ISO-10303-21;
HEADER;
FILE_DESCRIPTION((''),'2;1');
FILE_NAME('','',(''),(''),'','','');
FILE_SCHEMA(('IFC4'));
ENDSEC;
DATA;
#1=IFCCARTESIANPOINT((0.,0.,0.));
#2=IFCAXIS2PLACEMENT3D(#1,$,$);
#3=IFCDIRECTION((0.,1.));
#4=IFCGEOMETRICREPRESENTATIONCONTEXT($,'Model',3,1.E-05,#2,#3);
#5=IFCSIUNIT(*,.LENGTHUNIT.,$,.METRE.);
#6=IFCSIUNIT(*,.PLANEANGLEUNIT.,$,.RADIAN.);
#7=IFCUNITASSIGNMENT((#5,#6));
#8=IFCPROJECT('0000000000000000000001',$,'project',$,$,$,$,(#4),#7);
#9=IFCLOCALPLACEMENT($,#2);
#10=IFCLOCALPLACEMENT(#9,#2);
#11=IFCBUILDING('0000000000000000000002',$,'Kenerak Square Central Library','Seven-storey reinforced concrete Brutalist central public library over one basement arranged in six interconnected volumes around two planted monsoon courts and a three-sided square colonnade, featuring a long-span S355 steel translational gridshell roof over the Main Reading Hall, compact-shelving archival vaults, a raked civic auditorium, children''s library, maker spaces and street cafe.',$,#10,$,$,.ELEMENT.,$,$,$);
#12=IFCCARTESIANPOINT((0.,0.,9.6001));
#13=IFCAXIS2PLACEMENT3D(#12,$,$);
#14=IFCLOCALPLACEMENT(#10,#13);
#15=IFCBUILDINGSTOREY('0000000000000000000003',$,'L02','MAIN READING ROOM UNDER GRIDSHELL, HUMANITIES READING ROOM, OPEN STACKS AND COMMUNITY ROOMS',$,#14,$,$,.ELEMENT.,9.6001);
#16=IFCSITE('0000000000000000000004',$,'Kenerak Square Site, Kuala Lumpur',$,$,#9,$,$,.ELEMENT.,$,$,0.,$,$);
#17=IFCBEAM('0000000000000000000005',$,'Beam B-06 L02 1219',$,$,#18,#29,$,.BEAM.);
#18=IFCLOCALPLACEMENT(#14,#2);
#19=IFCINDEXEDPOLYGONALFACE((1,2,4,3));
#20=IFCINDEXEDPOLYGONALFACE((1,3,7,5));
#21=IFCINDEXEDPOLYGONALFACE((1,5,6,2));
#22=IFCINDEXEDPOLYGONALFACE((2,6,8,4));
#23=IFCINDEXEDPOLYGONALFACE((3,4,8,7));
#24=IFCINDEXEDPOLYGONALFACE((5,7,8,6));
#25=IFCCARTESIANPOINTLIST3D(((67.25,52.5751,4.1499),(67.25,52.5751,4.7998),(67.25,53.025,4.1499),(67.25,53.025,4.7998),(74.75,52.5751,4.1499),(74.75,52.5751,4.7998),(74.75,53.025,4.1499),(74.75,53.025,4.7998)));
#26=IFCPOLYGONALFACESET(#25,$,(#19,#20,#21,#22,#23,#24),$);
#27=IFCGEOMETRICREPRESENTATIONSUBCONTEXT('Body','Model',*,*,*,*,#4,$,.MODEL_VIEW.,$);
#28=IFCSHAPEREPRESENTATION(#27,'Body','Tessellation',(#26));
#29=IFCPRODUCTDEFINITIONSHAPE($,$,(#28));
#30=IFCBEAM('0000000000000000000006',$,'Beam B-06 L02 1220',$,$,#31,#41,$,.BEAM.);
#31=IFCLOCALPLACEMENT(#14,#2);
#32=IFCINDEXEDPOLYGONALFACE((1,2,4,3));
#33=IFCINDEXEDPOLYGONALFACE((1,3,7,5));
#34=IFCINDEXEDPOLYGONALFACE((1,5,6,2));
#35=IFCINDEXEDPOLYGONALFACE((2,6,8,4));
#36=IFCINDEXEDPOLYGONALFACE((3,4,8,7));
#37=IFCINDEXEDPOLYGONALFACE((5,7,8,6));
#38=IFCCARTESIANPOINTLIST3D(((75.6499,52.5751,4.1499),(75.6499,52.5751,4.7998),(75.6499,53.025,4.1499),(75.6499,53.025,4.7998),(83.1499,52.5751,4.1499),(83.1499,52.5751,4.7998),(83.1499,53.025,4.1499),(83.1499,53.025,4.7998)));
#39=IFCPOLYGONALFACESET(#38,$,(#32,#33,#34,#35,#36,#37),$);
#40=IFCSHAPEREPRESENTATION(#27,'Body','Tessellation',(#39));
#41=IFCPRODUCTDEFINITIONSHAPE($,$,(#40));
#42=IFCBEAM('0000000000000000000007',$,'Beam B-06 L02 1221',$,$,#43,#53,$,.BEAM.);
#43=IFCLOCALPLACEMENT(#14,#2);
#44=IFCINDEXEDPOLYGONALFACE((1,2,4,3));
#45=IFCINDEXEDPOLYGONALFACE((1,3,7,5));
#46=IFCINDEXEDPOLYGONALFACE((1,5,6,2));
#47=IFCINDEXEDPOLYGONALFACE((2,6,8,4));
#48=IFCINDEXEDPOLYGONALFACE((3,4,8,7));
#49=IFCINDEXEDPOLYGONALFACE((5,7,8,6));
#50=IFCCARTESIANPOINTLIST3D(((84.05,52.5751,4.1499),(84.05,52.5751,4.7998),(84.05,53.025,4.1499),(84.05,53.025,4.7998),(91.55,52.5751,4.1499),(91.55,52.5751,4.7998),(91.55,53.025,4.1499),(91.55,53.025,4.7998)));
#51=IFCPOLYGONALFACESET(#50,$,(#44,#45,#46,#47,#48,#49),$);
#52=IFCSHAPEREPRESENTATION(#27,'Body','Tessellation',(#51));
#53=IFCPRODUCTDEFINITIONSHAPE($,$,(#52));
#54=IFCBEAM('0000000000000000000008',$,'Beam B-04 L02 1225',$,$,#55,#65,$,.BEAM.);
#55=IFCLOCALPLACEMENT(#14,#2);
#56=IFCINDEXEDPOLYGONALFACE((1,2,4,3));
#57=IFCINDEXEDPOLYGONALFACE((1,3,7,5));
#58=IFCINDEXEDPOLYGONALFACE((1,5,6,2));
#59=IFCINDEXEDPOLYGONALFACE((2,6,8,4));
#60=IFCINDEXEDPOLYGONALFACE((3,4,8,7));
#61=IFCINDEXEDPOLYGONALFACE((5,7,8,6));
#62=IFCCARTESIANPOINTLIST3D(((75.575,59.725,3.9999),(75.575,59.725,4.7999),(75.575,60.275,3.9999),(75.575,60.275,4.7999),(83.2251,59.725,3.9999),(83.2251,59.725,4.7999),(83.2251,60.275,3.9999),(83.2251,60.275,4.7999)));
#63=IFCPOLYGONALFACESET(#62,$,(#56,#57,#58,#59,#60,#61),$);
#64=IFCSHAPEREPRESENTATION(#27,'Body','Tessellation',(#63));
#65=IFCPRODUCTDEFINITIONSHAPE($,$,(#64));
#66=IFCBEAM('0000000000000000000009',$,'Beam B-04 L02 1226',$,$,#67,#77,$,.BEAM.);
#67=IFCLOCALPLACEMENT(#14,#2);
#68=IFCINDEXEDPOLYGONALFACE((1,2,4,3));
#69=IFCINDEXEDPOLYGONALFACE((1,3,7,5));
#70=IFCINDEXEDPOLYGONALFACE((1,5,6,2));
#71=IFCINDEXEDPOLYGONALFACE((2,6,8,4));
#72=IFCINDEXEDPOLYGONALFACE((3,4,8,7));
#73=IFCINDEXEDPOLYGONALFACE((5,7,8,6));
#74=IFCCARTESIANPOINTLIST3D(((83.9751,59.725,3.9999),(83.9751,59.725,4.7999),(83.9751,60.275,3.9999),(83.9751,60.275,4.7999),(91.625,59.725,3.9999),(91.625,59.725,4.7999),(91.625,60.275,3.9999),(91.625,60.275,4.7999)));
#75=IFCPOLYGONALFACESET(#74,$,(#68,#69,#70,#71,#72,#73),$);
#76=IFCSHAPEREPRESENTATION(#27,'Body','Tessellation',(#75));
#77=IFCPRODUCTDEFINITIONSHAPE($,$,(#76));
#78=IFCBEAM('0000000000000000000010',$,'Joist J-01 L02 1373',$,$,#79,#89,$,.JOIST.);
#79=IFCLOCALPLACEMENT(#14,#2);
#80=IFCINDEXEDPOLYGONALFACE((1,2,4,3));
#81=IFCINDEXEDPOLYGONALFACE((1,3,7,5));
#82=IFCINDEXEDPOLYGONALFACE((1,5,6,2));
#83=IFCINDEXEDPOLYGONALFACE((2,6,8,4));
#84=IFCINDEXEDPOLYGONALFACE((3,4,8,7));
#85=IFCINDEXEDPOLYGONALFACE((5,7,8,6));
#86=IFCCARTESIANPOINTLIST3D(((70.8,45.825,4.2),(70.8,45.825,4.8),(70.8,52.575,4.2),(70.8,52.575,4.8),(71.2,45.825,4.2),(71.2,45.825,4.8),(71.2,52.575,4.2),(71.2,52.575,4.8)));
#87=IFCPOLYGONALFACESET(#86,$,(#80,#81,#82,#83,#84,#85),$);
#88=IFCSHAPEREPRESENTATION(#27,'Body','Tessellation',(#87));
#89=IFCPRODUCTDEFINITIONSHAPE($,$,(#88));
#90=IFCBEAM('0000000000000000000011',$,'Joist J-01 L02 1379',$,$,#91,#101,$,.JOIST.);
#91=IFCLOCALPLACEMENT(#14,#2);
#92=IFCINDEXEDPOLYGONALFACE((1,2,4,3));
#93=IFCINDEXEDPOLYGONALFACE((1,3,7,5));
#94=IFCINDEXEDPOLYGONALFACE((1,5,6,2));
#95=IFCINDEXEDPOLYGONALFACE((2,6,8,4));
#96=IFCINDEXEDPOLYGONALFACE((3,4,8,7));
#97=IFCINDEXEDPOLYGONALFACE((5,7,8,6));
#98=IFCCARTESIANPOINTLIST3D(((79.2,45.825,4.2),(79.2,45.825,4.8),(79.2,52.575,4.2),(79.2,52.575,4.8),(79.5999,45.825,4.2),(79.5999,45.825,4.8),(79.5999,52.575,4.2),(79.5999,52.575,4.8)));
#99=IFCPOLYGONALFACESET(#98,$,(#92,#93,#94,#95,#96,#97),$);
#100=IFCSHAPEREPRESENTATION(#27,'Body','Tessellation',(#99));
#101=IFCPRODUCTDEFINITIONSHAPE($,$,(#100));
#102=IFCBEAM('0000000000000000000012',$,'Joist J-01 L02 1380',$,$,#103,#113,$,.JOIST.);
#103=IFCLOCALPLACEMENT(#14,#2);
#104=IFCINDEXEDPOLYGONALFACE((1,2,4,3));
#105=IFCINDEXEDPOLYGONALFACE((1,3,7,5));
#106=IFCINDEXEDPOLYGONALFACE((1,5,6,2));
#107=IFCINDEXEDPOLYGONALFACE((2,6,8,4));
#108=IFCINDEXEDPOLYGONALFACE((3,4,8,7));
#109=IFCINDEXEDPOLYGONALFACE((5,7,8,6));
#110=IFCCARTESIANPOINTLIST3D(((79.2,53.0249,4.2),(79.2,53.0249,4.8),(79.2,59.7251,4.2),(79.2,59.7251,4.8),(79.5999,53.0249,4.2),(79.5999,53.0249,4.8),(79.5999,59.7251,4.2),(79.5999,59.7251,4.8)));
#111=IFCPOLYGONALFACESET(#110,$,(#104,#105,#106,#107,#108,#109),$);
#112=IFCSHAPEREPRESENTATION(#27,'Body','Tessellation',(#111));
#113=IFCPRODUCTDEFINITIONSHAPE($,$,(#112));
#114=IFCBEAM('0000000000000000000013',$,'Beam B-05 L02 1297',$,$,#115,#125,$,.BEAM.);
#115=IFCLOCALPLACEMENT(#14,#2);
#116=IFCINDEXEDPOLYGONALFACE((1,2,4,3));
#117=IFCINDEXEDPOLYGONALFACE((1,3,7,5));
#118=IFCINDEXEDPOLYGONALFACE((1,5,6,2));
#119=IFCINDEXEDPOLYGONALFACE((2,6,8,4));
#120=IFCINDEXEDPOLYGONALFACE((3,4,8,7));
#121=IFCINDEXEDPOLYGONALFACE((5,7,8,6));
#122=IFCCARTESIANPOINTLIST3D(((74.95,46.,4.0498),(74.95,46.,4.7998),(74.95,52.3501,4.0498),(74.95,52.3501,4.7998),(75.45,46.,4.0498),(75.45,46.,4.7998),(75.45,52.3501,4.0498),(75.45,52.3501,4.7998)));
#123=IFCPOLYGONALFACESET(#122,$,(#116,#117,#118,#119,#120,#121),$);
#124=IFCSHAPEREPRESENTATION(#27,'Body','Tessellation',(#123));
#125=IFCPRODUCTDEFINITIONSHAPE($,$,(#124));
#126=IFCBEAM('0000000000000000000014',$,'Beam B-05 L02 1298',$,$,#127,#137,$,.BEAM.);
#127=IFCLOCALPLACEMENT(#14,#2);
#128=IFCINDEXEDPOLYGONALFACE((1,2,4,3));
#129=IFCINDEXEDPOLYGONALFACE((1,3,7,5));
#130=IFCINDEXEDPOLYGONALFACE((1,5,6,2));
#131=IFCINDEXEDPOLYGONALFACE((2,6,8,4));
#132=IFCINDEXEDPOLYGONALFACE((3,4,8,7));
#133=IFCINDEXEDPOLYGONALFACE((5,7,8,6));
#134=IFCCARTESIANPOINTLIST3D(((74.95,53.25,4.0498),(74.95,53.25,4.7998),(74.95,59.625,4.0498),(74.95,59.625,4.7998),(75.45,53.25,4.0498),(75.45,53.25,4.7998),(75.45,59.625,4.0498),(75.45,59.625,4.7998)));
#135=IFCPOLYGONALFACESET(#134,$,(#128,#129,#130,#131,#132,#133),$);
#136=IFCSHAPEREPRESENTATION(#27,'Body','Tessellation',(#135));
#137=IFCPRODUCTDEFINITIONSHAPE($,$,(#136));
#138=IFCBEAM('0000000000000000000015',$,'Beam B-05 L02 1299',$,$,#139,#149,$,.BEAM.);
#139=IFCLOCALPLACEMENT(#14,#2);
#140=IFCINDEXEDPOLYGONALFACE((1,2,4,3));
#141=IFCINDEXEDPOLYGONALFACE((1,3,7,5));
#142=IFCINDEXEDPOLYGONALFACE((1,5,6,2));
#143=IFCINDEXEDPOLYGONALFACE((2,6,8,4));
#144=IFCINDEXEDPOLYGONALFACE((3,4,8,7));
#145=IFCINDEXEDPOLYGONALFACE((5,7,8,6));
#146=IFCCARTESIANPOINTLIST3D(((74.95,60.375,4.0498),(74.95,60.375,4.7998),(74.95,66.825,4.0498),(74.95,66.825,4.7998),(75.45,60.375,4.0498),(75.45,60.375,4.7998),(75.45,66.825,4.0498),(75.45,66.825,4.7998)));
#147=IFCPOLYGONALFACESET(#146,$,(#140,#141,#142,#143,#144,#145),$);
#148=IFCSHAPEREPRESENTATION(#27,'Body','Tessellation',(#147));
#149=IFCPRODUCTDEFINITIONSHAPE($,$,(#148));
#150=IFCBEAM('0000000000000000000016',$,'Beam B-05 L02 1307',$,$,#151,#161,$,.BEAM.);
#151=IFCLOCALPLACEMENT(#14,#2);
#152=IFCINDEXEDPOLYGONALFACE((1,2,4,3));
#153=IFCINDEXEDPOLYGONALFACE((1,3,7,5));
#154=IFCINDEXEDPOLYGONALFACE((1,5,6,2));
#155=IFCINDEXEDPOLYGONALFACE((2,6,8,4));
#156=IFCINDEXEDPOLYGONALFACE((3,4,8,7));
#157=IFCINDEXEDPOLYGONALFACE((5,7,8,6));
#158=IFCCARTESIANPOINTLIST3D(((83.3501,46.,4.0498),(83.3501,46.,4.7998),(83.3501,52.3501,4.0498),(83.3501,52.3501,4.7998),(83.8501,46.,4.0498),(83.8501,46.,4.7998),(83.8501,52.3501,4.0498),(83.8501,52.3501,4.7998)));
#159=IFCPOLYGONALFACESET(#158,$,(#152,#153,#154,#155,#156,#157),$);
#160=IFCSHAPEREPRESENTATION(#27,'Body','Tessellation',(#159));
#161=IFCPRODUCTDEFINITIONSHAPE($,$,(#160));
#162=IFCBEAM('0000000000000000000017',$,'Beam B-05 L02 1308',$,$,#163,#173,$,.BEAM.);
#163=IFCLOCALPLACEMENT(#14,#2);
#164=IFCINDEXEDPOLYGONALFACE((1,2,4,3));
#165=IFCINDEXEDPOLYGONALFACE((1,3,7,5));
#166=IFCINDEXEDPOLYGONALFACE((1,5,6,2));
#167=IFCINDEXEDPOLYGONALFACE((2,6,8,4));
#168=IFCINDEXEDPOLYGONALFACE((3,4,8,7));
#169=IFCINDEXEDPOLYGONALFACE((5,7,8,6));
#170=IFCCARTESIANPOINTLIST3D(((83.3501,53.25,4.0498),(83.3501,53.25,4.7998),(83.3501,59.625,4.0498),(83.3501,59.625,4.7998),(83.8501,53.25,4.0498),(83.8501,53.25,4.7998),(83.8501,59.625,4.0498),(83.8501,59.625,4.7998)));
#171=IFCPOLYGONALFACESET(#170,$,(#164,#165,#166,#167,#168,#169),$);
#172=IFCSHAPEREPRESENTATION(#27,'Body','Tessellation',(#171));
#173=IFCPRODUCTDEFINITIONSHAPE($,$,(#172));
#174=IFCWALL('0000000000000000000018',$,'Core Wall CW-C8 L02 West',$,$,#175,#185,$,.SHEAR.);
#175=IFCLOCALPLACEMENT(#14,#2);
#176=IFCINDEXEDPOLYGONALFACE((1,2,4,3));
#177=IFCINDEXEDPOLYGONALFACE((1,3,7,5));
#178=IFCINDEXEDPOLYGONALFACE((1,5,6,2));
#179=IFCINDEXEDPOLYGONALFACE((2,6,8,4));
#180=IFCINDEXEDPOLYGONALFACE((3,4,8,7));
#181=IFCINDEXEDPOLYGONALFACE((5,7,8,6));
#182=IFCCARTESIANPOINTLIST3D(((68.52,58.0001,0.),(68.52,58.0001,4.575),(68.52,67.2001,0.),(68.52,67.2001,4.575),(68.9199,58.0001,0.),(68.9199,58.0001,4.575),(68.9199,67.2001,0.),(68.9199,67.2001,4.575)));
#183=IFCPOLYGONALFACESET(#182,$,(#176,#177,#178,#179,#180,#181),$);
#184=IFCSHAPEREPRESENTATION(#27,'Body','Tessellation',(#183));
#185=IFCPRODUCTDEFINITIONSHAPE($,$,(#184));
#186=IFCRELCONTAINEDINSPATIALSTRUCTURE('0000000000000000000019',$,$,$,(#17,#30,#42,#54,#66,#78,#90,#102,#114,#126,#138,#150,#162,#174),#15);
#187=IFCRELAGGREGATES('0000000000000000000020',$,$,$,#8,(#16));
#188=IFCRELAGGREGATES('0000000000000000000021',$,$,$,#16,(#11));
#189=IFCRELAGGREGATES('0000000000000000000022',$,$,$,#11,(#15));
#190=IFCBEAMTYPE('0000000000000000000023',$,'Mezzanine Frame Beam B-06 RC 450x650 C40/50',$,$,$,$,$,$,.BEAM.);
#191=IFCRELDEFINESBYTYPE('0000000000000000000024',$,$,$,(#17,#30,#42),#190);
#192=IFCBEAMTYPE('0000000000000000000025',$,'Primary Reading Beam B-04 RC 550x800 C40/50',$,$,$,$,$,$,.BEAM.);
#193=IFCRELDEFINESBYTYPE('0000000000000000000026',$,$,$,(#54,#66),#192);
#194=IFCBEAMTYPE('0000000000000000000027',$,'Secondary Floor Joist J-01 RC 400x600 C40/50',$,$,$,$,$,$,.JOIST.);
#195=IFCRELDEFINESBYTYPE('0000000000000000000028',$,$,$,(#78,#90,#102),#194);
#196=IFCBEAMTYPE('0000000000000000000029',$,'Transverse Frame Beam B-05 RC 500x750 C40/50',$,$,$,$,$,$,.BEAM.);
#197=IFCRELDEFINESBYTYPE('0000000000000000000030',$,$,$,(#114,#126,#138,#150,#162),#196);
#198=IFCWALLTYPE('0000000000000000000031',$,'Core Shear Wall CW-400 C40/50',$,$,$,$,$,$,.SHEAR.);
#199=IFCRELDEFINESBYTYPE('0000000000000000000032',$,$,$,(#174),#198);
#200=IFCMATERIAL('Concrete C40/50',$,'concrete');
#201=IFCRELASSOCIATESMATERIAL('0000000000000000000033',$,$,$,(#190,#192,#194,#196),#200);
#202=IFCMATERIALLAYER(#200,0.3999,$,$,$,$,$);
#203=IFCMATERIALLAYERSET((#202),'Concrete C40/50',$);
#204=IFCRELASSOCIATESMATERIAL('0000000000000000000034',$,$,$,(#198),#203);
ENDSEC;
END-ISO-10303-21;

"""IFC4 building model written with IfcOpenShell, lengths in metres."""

from ifc_helpers import new_model, si_unit, direction, frame, frame_2d, origin, origin_2d, place, context, subcontext, project, spatial, rectangle, extrude, material, layer, layer_set, material_profile, profile_set, type_object, element, save


model = new_model("IFC4")

# Units and contexts
model_context = context("Model", 3, precision=1e-05, world=origin(), true_north=direction((0.0, 1.0)))
body_context = subcontext(model_context, "Body", "Model", "MODEL_VIEW")
ifc_project = project(units=[si_unit("LENGTHUNIT", "METRE"), si_unit("PLANEANGLEUNIT", "RADIAN")], contexts=[model_context])

# Site, building, storey
site_placement = place(None, origin())
site = spatial("IfcSite", under=ifc_project, at=site_placement, Name="Kenerak Square Site, Kuala Lumpur", CompositionType="ELEMENT", RefElevation=0.0)
building_placement = place(site_placement, origin())
building = spatial("IfcBuilding", under=site, at=building_placement, Name="Kenerak Square Central Library", Description="Seven-storey reinforced concrete Brutalist central public library over one basement arranged in six interconnected volumes around two planted monsoon courts and a three-sided square colonnade, featuring a long-span S355 steel translational gridshell roof over the Main Reading Hall, compact-shelving archival vaults, a raked civic auditorium, children's library, maker spaces and street cafe.", CompositionType="ELEMENT")
storey_placement = place(building_placement, frame((0.0, 0.0, 9.6001)))
storey = spatial("IfcBuildingStorey", under=building, at=storey_placement, Name="L02", Description="MAIN READING ROOM UNDER GRIDSHELL, HUMANITIES READING ROOM, OPEN STACKS AND COMMUNITY ROOMS", CompositionType="ELEMENT", Elevation=9.6001)

# Shared definitions
ifc_material_1 = material(Name="Concrete C40/50", Category="concrete")

# Beams
ifc_material_profile_1 = material_profile(ifc_material_1, rectangle(XDim=0.45, YDim=0.6499, at=origin_2d()), Name="RC 450x650")
ifc_profile_set_1 = profile_set([ifc_material_profile_1], Name="Concrete C40/50")
beam_type_1 = type_object("IfcBeamType", Name="Mezzanine Frame Beam B-06 RC 450x650 C40/50", PredefinedType="BEAM", material=ifc_profile_set_1)
for number, where, z_axis, x_axis, name in (
    (1, (67.25, 52.8, 4.4749), (1.0, 0.0, 0.0), (0.0, 1.0, 0.0), "Beam B-06 L02 1219"),
    (2, (75.6499, 52.8, 4.4749), (1.0, 0.0, 0.0), (0.0, 1.0, 0.0), "Beam B-06 L02 1220"),
    (3, (84.05, 52.8, 4.4749), (1.0, 0.0, 0.0), (0.0, 1.0, 0.0), "Beam B-06 L02 1221"),
):
    element("IfcBeam", number, at=place(storey_placement, frame(where, z_axis=z_axis, x_axis=x_axis)), inside=storey, type_object=beam_type_1, Name=name, PredefinedType="BEAM", context=body_context, shape_type="SweptSolid", body=[
        extrude(rectangle(XDim=0.45, YDim=0.6499, at=origin_2d()), origin(), (0.0, 0.0, 1.0), 7.5),
    ])
ifc_material_profile_2 = material_profile(ifc_material_1, rectangle(XDim=0.55, YDim=0.8, at=origin_2d()), Name="RC 550x800")
ifc_profile_set_2 = profile_set([ifc_material_profile_2], Name="Concrete C40/50")
beam_type_2 = type_object("IfcBeamType", Name="Primary Reading Beam B-04 RC 550x800 C40/50", PredefinedType="BEAM", material=ifc_profile_set_2)
beam_1_placement = place(storey_placement, frame((75.575, 60.0, 4.3999), z_axis=(1.0, 0.0, 0.0), x_axis=(0.0, 1.0, 0.0)))
element("IfcBeam", 4, at=beam_1_placement, inside=storey, type_object=beam_type_2, Name="Beam B-04 L02 1225", PredefinedType="BEAM", context=body_context, shape_type="SweptSolid", body=[
    extrude(rectangle(XDim=0.55, YDim=0.8, at=origin_2d()), origin(), (0.0, 0.0, 1.0), 7.6501),
])
beam_2_placement = place(storey_placement, frame((83.9751, 60.0, 4.3999), z_axis=(1.0, 0.0, 0.0), x_axis=(0.0, 1.0, 0.0)))
element("IfcBeam", 5, at=beam_2_placement, inside=storey, type_object=beam_type_2, Name="Beam B-04 L02 1226", PredefinedType="BEAM", context=body_context, shape_type="SweptSolid", body=[
    extrude(rectangle(XDim=0.55, YDim=0.8, at=origin_2d()), origin(), (0.0, 0.0, 1.0), 7.6499),
])
ifc_material_profile_3 = material_profile(ifc_material_1, rectangle(XDim=0.3999, YDim=0.6001, at=origin_2d()), Name="RC 400x600")
ifc_profile_set_3 = profile_set([ifc_material_profile_3], Name="Concrete C40/50")
beam_type_3 = type_object("IfcBeamType", Name="Secondary Floor Joist J-01 RC 400x600 C40/50", PredefinedType="JOIST", material=ifc_profile_set_3)
for number, where, z_axis, x_axis, name in (
    (6, (71.0, 45.825, 4.5), (0.0, 1.0, 0.0), (-1.0, 0.0, 0.0), "Joist J-01 L02 1373"),
    (7, (79.3999, 45.825, 4.5), (0.0, 1.0, 0.0), (-1.0, 0.0, 0.0), "Joist J-01 L02 1379"),
):
    element("IfcBeam", number, at=place(storey_placement, frame(where, z_axis=z_axis, x_axis=x_axis)), inside=storey, type_object=beam_type_3, Name=name, PredefinedType="JOIST", context=body_context, shape_type="SweptSolid", body=[
        extrude(rectangle(XDim=0.3999, YDim=0.6001, at=origin_2d()), origin(), (0.0, 0.0, 1.0), 6.75),
    ])
beam_3_placement = place(storey_placement, frame((79.3999, 53.0249, 4.5), z_axis=(0.0, 1.0, 0.0), x_axis=(-1.0, 0.0, 0.0)))
element("IfcBeam", 8, at=beam_3_placement, inside=storey, type_object=beam_type_3, Name="Joist J-01 L02 1380", PredefinedType="JOIST", context=body_context, shape_type="SweptSolid", body=[
    extrude(rectangle(XDim=0.3999, YDim=0.6001, at=origin_2d()), origin(), (0.0, 0.0, 1.0), 6.7002),
])
ifc_material_profile_4 = material_profile(ifc_material_1, rectangle(XDim=0.5, YDim=0.75, at=origin_2d()), Name="RC 500x750")
ifc_profile_set_4 = profile_set([ifc_material_profile_4], Name="Concrete C40/50")
beam_type_4 = type_object("IfcBeamType", Name="Transverse Frame Beam B-05 RC 500x750 C40/50", PredefinedType="BEAM", material=ifc_profile_set_4)
beam_4_placement = place(storey_placement, frame((75.2, 46.0, 4.4248), z_axis=(0.0, 1.0, 0.0), x_axis=(-1.0, 0.0, 0.0)))
element("IfcBeam", 9, at=beam_4_placement, inside=storey, type_object=beam_type_4, Name="Beam B-05 L02 1297", PredefinedType="BEAM", context=body_context, shape_type="SweptSolid", body=[
    extrude(rectangle(XDim=0.5, YDim=0.75, at=origin_2d()), origin(), (0.0, 0.0, 1.0), 6.3501),
])
beam_5_placement = place(storey_placement, frame((75.2, 53.25, 4.4248), z_axis=(0.0, 1.0, 0.0), x_axis=(-1.0, 0.0, 0.0)))
element("IfcBeam", 10, at=beam_5_placement, inside=storey, type_object=beam_type_4, Name="Beam B-05 L02 1298", PredefinedType="BEAM", context=body_context, shape_type="SweptSolid", body=[
    extrude(rectangle(XDim=0.5, YDim=0.75, at=origin_2d()), origin(), (0.0, 0.0, 1.0), 6.375),
])
beam_6_placement = place(storey_placement, frame((75.2, 60.375, 4.4248), z_axis=(0.0, 1.0, 0.0), x_axis=(-1.0, 0.0, 0.0)))
element("IfcBeam", 11, at=beam_6_placement, inside=storey, type_object=beam_type_4, Name="Beam B-05 L02 1299", PredefinedType="BEAM", context=body_context, shape_type="SweptSolid", body=[
    extrude(rectangle(XDim=0.5, YDim=0.75, at=origin_2d()), origin(), (0.0, 0.0, 1.0), 6.45),
])
beam_7_placement = place(storey_placement, frame((83.6001, 46.0, 4.4248), z_axis=(0.0, 1.0, 0.0), x_axis=(-1.0, 0.0, 0.0)))
element("IfcBeam", 12, at=beam_7_placement, inside=storey, type_object=beam_type_4, Name="Beam B-05 L02 1307", PredefinedType="BEAM", context=body_context, shape_type="SweptSolid", body=[
    extrude(rectangle(XDim=0.5, YDim=0.75, at=origin_2d()), origin(), (0.0, 0.0, 1.0), 6.3501),
])
beam_8_placement = place(storey_placement, frame((83.6001, 53.25, 4.4248), z_axis=(0.0, 1.0, 0.0), x_axis=(-1.0, 0.0, 0.0)))
element("IfcBeam", 13, at=beam_8_placement, inside=storey, type_object=beam_type_4, Name="Beam B-05 L02 1308", PredefinedType="BEAM", context=body_context, shape_type="SweptSolid", body=[
    extrude(rectangle(XDim=0.5, YDim=0.75, at=origin_2d()), origin(), (0.0, 0.0, 1.0), 6.375),
])

# Wall
ifc_layer = layer(ifc_material_1, 0.3999)
ifc_layer_set = layer_set([ifc_layer], Name="Concrete C40/50")
wall_type = type_object("IfcWallType", Name="Core Shear Wall CW-400 C40/50", PredefinedType="SHEAR", material=ifc_layer_set)
wall_1_placement = place(storey_placement, frame((68.72, 58.0, 0.0), z_axis=(0.0, 0.0, 1.0), x_axis=(0.0, 1.0, 0.0)))
element("IfcWall", 14, at=wall_1_placement, inside=storey, type_object=wall_type, Name="Core Wall CW-C8 L02 West", PredefinedType="SHEAR", context=body_context, shape_type="SweptSolid", body=[
    extrude(rectangle(XDim=9.2, YDim=0.3999, at=frame_2d((4.6001, 0.0))), origin(), (0.0, 0.0, 1.0), 4.575),
])

save(model, "model.ifc")
